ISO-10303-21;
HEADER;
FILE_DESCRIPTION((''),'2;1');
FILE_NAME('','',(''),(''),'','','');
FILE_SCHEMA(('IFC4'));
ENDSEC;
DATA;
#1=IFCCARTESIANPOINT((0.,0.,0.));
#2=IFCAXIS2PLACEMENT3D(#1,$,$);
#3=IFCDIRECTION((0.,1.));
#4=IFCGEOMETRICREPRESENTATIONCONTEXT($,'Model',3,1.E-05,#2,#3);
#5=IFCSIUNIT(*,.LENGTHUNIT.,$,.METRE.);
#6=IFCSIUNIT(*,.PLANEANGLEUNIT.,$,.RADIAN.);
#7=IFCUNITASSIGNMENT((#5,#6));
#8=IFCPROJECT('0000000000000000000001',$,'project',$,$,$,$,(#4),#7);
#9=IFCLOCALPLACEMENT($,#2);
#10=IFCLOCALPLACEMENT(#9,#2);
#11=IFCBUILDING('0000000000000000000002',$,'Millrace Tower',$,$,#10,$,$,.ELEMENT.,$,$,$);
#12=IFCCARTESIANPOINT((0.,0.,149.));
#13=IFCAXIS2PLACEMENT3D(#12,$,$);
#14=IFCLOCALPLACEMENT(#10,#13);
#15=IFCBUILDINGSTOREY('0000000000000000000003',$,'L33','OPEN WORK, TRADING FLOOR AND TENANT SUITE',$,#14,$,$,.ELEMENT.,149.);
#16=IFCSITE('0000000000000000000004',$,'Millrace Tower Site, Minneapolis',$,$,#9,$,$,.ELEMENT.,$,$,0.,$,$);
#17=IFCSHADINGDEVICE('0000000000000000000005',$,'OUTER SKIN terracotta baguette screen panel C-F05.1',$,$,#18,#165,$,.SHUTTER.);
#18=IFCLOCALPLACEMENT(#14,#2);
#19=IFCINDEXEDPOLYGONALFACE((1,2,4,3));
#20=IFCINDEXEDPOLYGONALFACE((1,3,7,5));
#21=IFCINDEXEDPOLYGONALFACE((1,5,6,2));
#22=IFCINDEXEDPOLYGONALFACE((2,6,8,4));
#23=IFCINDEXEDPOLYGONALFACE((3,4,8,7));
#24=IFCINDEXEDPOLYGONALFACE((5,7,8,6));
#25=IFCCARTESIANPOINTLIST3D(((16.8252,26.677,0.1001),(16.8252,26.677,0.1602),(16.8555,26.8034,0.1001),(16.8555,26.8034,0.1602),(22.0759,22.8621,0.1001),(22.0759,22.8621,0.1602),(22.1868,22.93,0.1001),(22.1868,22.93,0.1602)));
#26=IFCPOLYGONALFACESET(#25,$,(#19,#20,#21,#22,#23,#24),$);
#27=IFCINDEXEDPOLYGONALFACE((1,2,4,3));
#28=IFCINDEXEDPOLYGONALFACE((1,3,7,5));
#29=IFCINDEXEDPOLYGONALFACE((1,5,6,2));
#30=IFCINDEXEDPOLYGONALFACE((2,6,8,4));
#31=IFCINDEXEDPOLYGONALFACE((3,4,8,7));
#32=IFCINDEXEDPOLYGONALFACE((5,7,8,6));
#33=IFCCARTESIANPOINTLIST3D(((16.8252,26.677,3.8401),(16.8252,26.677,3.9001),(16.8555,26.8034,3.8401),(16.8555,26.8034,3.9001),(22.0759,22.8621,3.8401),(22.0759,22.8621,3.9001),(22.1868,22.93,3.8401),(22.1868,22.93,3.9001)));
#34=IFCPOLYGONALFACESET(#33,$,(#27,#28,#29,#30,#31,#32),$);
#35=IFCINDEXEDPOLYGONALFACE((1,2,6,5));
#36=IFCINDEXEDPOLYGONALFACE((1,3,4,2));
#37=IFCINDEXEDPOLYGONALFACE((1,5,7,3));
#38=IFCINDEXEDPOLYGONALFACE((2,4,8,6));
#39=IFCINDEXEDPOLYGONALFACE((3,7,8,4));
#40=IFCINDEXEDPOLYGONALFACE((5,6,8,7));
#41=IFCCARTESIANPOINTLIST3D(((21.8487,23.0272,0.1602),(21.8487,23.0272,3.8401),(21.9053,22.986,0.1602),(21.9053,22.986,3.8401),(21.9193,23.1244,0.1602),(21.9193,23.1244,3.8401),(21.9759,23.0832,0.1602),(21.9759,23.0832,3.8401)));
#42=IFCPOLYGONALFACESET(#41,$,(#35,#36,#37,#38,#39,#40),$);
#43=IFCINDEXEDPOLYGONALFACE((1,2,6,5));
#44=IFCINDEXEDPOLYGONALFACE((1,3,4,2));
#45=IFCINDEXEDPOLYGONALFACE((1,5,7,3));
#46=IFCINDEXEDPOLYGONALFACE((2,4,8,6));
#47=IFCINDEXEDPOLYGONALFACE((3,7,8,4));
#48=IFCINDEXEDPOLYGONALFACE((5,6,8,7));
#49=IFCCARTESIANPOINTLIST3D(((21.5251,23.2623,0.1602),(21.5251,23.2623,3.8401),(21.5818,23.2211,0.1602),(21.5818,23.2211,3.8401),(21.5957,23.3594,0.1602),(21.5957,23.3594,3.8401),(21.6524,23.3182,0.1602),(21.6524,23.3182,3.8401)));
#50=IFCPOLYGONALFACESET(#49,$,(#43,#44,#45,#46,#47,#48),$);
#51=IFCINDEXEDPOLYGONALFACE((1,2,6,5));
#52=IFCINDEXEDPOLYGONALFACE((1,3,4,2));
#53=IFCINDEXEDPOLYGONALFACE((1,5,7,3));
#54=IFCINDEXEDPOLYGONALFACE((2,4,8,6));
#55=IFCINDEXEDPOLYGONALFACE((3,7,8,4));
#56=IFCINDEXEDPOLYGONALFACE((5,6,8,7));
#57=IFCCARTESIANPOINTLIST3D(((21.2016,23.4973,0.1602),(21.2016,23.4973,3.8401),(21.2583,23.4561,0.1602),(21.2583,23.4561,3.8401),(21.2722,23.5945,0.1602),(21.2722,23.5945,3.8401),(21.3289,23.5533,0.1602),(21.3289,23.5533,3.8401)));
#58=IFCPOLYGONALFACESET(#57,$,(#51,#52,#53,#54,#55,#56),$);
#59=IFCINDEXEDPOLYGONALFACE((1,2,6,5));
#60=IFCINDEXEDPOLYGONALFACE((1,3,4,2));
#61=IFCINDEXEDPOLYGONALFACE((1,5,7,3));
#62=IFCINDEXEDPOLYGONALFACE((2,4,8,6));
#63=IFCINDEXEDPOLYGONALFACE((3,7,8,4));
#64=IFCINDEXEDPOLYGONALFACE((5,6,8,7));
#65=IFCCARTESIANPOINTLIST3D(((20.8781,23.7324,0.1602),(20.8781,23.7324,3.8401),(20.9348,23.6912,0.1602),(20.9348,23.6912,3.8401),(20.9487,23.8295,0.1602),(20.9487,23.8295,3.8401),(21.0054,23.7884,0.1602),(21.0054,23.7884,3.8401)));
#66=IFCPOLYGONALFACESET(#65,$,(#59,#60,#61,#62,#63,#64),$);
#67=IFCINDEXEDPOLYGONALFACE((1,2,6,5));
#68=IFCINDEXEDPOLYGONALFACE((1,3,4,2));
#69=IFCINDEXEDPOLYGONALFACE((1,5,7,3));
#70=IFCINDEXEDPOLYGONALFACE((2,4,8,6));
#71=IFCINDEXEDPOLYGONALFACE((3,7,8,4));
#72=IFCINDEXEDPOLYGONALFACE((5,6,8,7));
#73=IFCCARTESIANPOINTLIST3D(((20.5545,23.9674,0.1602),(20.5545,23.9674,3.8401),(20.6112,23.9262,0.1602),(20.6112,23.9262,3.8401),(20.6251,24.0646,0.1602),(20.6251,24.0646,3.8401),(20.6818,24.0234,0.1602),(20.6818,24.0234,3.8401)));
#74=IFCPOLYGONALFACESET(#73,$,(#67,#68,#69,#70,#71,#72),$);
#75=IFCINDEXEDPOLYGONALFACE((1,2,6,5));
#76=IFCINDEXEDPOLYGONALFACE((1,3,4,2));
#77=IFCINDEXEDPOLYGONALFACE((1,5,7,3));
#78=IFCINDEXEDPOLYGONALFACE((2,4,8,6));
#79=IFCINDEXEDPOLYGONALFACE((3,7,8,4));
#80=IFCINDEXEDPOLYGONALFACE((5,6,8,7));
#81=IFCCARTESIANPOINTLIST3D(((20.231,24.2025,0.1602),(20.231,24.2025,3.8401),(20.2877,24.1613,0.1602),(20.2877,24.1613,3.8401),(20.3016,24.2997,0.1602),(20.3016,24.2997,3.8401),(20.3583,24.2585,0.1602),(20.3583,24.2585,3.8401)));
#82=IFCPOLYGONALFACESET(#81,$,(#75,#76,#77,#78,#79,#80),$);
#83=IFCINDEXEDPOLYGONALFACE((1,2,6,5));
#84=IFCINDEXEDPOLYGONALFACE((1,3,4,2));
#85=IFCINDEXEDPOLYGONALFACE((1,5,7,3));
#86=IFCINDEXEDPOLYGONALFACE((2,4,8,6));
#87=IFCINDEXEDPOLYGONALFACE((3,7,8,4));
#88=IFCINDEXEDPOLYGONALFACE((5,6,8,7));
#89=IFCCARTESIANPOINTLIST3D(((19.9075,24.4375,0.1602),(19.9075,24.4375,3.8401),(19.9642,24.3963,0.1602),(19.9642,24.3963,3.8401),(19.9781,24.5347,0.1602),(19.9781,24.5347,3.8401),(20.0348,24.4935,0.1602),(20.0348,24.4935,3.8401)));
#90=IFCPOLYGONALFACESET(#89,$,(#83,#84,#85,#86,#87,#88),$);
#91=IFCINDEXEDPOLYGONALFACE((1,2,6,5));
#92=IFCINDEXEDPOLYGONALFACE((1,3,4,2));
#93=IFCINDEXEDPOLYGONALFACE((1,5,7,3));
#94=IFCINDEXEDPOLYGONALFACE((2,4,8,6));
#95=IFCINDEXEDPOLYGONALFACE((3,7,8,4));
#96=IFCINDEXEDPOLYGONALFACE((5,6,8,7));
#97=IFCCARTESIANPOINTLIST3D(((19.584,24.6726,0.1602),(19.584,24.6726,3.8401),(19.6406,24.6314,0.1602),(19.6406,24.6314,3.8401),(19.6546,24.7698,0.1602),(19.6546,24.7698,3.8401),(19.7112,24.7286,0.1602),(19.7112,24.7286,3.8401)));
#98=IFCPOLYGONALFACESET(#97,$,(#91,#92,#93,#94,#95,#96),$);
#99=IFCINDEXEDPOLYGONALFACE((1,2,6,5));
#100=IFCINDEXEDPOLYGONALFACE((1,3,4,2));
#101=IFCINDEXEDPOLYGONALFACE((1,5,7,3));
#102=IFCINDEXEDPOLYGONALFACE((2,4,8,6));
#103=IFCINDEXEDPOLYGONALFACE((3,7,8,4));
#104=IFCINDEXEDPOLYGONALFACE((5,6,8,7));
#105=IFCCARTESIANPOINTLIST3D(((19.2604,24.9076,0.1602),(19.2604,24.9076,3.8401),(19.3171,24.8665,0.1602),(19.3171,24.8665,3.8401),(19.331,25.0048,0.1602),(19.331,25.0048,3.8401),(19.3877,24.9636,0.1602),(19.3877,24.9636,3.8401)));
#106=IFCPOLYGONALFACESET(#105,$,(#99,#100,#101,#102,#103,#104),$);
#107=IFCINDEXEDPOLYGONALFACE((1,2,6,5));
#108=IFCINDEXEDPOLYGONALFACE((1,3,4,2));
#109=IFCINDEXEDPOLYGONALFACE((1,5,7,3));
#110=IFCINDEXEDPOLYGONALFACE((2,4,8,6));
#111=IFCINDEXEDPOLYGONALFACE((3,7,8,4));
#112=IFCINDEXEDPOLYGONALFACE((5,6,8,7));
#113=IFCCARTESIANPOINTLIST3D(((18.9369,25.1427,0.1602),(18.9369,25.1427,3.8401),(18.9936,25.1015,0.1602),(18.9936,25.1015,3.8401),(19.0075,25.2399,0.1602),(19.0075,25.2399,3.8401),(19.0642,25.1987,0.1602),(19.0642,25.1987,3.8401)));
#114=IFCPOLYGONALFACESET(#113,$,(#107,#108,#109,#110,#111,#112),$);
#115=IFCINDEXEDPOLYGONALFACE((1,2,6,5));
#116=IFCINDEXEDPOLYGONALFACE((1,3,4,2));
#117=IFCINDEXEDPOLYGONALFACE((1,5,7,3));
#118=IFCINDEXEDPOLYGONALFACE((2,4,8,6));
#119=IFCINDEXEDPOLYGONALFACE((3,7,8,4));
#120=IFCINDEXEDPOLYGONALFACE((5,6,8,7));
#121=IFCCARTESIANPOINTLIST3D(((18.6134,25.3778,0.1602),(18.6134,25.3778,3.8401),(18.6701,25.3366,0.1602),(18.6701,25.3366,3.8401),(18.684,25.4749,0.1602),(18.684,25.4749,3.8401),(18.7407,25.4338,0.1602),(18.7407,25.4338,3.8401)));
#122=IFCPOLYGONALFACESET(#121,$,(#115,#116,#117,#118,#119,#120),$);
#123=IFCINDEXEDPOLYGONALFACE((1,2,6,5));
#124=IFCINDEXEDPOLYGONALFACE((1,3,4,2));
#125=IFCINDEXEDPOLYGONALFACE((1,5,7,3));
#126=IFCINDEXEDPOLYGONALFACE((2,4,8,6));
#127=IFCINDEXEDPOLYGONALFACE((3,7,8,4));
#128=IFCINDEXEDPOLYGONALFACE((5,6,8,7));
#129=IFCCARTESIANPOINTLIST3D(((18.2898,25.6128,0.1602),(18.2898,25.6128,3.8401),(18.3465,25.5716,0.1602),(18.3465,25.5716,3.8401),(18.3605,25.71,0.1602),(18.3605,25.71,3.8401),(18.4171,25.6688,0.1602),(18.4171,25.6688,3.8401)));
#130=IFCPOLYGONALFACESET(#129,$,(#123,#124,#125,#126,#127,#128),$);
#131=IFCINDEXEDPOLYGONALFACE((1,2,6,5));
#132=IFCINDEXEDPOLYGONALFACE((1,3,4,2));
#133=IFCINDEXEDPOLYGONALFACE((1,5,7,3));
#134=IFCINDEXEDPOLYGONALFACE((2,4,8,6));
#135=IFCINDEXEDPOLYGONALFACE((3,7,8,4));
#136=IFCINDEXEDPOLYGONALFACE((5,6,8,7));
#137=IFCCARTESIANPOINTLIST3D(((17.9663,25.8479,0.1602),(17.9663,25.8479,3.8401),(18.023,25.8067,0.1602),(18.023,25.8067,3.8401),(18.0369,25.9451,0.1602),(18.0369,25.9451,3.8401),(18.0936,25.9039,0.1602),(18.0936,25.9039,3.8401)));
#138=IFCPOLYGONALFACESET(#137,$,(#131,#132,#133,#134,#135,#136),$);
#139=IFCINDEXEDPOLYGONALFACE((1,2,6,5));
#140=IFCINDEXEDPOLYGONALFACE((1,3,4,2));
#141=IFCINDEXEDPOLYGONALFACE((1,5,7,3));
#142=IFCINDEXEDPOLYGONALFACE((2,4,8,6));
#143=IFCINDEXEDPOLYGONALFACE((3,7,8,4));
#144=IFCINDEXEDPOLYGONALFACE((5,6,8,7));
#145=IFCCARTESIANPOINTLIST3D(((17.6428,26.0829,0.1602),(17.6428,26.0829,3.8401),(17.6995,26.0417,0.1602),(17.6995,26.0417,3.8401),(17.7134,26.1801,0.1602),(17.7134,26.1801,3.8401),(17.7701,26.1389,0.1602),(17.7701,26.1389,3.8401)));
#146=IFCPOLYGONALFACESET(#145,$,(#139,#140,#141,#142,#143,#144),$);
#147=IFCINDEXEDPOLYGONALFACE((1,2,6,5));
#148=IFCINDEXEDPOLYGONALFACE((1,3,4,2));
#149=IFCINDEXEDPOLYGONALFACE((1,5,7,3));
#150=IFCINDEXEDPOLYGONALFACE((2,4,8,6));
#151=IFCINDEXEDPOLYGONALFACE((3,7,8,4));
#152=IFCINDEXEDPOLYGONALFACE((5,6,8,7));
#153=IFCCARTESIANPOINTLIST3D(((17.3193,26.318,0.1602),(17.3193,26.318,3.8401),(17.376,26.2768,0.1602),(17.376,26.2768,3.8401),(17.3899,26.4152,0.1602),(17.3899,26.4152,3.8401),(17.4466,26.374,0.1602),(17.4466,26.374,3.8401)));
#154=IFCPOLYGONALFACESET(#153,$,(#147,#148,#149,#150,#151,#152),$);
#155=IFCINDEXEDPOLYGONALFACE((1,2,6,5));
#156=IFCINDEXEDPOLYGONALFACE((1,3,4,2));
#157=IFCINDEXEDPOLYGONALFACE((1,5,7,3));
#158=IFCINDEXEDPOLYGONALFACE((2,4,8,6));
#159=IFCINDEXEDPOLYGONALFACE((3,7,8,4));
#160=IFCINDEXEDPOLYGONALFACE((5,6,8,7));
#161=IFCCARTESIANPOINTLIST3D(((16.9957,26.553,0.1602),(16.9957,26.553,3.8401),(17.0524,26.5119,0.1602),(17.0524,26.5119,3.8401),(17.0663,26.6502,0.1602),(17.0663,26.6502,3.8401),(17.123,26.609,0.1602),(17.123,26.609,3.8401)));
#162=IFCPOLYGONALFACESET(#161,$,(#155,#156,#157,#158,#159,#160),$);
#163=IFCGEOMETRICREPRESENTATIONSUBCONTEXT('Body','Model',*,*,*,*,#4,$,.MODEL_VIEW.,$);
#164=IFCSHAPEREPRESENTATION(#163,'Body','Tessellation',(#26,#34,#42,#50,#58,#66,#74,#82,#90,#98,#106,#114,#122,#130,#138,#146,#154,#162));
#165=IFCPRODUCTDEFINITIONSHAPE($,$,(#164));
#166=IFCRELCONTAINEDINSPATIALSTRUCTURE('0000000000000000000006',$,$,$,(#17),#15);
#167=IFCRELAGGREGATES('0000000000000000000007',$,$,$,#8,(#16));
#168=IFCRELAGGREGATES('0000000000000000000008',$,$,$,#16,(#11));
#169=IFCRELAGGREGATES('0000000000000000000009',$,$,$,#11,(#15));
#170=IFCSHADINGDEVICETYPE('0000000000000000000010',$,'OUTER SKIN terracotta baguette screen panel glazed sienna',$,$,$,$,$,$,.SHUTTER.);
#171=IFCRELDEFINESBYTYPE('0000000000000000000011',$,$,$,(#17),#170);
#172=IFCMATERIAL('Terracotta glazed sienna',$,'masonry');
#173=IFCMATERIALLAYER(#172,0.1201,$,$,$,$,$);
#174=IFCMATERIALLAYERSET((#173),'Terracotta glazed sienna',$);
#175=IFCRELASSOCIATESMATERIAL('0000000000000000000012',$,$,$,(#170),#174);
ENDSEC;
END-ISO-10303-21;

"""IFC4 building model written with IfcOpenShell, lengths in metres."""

from ifc_helpers import new_model, entity, si_unit, direction, frame, frame_2d, origin, place, context, subcontext, project, spatial, rectangle, extrude, source, transform, mapped, material, layer, layer_set, type_object, element, save


model = new_model("IFC4")

# Units and contexts
model_context = context("Model", 3, precision=1e-05, world=origin(), true_north=direction((0.0, 1.0)))
body_context = subcontext(model_context, "Body", "Model", "MODEL_VIEW")
ifc_project = project(units=[si_unit("LENGTHUNIT", "METRE"), si_unit("PLANEANGLEUNIT", "RADIAN")], contexts=[model_context])

# Site, building, storey
site_placement = place(None, origin())
site = spatial("IfcSite", under=ifc_project, at=site_placement, Name="Millrace Tower Site, Minneapolis", CompositionType="ELEMENT", RefElevation=0.0)
building_placement = place(site_placement, origin())
building = spatial("IfcBuilding", under=site, at=building_placement, Name="Millrace Tower", CompositionType="ELEMENT")
storey_placement = place(building_placement, frame((0.0, 0.0, 149.0)))
storey = spatial("IfcBuildingStorey", under=building, at=storey_placement, Name="L33", Description="OPEN WORK, TRADING FLOOR AND TENANT SUITE", CompositionType="ELEMENT", Elevation=149.0)

# Shading device
ifc_material_1 = material(Name="Terracotta glazed sienna", Category="masonry")
ifc_layer_1 = layer(ifc_material_1, 0.1201)
ifc_layer_set_1 = layer_set([ifc_layer_1], Name="Terracotta glazed sienna")
shading_device_type = type_object("IfcShadingDeviceType", Name="OUTER SKIN terracotta baguette screen panel glazed sienna", PredefinedType="SHUTTER", material=ifc_layer_set_1)
cartesian_point_1 = entity("IfcCartesianPoint", [-3.2451, 0.0601])
shared_polyline_1 = entity("IfcPolyline", [cartesian_point_1, entity("IfcCartesianPoint", [3.2451, 0.0601]), entity("IfcCartesianPoint", [3.2949, -0.0601]), entity("IfcCartesianPoint", [-3.2949, -0.0601]), cartesian_point_1])
shared_shape_1 = source(origin(), body_context, "Body", "SweptSolid", [
    entity("IfcExtrudedAreaSolid", entity("IfcArbitraryClosedProfileDef", "AREA", None, shared_polyline_1), entity("IfcAxis2Placement3D", entity("IfcCartesianPoint", [0.0, 0.0, 0.0])), entity("IfcDirection", [0.0, 0.0, 1.0]), 0.0601),
    entity("IfcExtrudedAreaSolid", entity("IfcArbitraryClosedProfileDef", "AREA", None, shared_polyline_1), entity("IfcAxis2Placement3D", entity("IfcCartesianPoint", [0.0, 0.0, 3.74])), entity("IfcDirection", [0.0, 0.0, 1.0]), 0.0601),
    extrude(rectangle(XDim=0.0701, YDim=0.1201, at=frame_2d((-2.9993, 0.0))), frame((0.0, 0.0, 0.0601)), (0.0, 0.0, 1.0), 3.6799),
    extrude(rectangle(XDim=0.0701, YDim=0.1201, at=frame_2d((-2.5994, 0.0))), frame((0.0, 0.0, 0.0601)), (0.0, 0.0, 1.0), 3.6799),
    extrude(rectangle(XDim=0.0701, YDim=0.1201, at=frame_2d((-2.1995, 0.0))), frame((0.0, 0.0, 0.0601)), (0.0, 0.0, 1.0), 3.6799),
    extrude(rectangle(XDim=0.0701, YDim=0.1201, at=frame_2d((-1.7996, 0.0))), frame((0.0, 0.0, 0.0601)), (0.0, 0.0, 1.0), 3.6799),
    extrude(rectangle(XDim=0.0701, YDim=0.1201, at=frame_2d((-1.3997, 0.0))), frame((0.0, 0.0, 0.0601)), (0.0, 0.0, 1.0), 3.6799),
    extrude(rectangle(XDim=0.0701, YDim=0.1201, at=frame_2d((-0.9998, 0.0))), frame((0.0, 0.0, 0.0601)), (0.0, 0.0, 1.0), 3.6799),
    extrude(rectangle(XDim=0.0701, YDim=0.1201, at=frame_2d((-0.5999, 0.0))), frame((0.0, 0.0, 0.0601)), (0.0, 0.0, 1.0), 3.6799),
    extrude(rectangle(XDim=0.0701, YDim=0.1201, at=frame_2d((-0.2, 0.0))), frame((0.0, 0.0, 0.0601)), (0.0, 0.0, 1.0), 3.6799),
    extrude(rectangle(XDim=0.0701, YDim=0.1201, at=frame_2d((0.2, 0.0))), frame((0.0, 0.0, 0.0601)), (0.0, 0.0, 1.0), 3.6799),
    extrude(rectangle(XDim=0.0701, YDim=0.1201, at=frame_2d((0.5999, 0.0))), frame((0.0, 0.0, 0.0601)), (0.0, 0.0, 1.0), 3.6799),
    extrude(rectangle(XDim=0.0701, YDim=0.1201, at=frame_2d((0.9998, 0.0))), frame((0.0, 0.0, 0.0601)), (0.0, 0.0, 1.0), 3.6799),
    extrude(rectangle(XDim=0.0701, YDim=0.1201, at=frame_2d((1.3997, 0.0))), frame((0.0, 0.0, 0.0601)), (0.0, 0.0, 1.0), 3.6799),
    extrude(rectangle(XDim=0.0701, YDim=0.1201, at=frame_2d((1.7996, 0.0))), frame((0.0, 0.0, 0.0601)), (0.0, 0.0, 1.0), 3.6799),
    extrude(rectangle(XDim=0.0701, YDim=0.1201, at=frame_2d((2.1995, 0.0))), frame((0.0, 0.0, 0.0601)), (0.0, 0.0, 1.0), 3.6799),
    extrude(rectangle(XDim=0.0701, YDim=0.1201, at=frame_2d((2.5994, 0.0))), frame((0.0, 0.0, 0.0601)), (0.0, 0.0, 1.0), 3.6799),
    extrude(rectangle(XDim=0.0701, YDim=0.1201, at=frame_2d((2.9993, 0.0))), frame((0.0, 0.0, 0.0601)), (0.0, 0.0, 1.0), 3.6799),
])
shading_device_1_placement = place(storey_placement, frame((19.4858, 24.8181, 0.1001), z_axis=(0.0, 0.0, 1.0), x_axis=(-0.809017, 0.587785, 0.0)))
element("IfcShadingDevice", 1, at=shading_device_1_placement, inside=storey, type_object=shading_device_type, Name="OUTER SKIN terracotta baguette screen panel C-F05.1", PredefinedType="SHUTTER", context=body_context, shape_type="MappedRepresentation", body=[
    mapped(shared_shape_1, transform((0.0, 0.0, 0.0), scale=1.0)),
])

save(model, "model.ifc")
